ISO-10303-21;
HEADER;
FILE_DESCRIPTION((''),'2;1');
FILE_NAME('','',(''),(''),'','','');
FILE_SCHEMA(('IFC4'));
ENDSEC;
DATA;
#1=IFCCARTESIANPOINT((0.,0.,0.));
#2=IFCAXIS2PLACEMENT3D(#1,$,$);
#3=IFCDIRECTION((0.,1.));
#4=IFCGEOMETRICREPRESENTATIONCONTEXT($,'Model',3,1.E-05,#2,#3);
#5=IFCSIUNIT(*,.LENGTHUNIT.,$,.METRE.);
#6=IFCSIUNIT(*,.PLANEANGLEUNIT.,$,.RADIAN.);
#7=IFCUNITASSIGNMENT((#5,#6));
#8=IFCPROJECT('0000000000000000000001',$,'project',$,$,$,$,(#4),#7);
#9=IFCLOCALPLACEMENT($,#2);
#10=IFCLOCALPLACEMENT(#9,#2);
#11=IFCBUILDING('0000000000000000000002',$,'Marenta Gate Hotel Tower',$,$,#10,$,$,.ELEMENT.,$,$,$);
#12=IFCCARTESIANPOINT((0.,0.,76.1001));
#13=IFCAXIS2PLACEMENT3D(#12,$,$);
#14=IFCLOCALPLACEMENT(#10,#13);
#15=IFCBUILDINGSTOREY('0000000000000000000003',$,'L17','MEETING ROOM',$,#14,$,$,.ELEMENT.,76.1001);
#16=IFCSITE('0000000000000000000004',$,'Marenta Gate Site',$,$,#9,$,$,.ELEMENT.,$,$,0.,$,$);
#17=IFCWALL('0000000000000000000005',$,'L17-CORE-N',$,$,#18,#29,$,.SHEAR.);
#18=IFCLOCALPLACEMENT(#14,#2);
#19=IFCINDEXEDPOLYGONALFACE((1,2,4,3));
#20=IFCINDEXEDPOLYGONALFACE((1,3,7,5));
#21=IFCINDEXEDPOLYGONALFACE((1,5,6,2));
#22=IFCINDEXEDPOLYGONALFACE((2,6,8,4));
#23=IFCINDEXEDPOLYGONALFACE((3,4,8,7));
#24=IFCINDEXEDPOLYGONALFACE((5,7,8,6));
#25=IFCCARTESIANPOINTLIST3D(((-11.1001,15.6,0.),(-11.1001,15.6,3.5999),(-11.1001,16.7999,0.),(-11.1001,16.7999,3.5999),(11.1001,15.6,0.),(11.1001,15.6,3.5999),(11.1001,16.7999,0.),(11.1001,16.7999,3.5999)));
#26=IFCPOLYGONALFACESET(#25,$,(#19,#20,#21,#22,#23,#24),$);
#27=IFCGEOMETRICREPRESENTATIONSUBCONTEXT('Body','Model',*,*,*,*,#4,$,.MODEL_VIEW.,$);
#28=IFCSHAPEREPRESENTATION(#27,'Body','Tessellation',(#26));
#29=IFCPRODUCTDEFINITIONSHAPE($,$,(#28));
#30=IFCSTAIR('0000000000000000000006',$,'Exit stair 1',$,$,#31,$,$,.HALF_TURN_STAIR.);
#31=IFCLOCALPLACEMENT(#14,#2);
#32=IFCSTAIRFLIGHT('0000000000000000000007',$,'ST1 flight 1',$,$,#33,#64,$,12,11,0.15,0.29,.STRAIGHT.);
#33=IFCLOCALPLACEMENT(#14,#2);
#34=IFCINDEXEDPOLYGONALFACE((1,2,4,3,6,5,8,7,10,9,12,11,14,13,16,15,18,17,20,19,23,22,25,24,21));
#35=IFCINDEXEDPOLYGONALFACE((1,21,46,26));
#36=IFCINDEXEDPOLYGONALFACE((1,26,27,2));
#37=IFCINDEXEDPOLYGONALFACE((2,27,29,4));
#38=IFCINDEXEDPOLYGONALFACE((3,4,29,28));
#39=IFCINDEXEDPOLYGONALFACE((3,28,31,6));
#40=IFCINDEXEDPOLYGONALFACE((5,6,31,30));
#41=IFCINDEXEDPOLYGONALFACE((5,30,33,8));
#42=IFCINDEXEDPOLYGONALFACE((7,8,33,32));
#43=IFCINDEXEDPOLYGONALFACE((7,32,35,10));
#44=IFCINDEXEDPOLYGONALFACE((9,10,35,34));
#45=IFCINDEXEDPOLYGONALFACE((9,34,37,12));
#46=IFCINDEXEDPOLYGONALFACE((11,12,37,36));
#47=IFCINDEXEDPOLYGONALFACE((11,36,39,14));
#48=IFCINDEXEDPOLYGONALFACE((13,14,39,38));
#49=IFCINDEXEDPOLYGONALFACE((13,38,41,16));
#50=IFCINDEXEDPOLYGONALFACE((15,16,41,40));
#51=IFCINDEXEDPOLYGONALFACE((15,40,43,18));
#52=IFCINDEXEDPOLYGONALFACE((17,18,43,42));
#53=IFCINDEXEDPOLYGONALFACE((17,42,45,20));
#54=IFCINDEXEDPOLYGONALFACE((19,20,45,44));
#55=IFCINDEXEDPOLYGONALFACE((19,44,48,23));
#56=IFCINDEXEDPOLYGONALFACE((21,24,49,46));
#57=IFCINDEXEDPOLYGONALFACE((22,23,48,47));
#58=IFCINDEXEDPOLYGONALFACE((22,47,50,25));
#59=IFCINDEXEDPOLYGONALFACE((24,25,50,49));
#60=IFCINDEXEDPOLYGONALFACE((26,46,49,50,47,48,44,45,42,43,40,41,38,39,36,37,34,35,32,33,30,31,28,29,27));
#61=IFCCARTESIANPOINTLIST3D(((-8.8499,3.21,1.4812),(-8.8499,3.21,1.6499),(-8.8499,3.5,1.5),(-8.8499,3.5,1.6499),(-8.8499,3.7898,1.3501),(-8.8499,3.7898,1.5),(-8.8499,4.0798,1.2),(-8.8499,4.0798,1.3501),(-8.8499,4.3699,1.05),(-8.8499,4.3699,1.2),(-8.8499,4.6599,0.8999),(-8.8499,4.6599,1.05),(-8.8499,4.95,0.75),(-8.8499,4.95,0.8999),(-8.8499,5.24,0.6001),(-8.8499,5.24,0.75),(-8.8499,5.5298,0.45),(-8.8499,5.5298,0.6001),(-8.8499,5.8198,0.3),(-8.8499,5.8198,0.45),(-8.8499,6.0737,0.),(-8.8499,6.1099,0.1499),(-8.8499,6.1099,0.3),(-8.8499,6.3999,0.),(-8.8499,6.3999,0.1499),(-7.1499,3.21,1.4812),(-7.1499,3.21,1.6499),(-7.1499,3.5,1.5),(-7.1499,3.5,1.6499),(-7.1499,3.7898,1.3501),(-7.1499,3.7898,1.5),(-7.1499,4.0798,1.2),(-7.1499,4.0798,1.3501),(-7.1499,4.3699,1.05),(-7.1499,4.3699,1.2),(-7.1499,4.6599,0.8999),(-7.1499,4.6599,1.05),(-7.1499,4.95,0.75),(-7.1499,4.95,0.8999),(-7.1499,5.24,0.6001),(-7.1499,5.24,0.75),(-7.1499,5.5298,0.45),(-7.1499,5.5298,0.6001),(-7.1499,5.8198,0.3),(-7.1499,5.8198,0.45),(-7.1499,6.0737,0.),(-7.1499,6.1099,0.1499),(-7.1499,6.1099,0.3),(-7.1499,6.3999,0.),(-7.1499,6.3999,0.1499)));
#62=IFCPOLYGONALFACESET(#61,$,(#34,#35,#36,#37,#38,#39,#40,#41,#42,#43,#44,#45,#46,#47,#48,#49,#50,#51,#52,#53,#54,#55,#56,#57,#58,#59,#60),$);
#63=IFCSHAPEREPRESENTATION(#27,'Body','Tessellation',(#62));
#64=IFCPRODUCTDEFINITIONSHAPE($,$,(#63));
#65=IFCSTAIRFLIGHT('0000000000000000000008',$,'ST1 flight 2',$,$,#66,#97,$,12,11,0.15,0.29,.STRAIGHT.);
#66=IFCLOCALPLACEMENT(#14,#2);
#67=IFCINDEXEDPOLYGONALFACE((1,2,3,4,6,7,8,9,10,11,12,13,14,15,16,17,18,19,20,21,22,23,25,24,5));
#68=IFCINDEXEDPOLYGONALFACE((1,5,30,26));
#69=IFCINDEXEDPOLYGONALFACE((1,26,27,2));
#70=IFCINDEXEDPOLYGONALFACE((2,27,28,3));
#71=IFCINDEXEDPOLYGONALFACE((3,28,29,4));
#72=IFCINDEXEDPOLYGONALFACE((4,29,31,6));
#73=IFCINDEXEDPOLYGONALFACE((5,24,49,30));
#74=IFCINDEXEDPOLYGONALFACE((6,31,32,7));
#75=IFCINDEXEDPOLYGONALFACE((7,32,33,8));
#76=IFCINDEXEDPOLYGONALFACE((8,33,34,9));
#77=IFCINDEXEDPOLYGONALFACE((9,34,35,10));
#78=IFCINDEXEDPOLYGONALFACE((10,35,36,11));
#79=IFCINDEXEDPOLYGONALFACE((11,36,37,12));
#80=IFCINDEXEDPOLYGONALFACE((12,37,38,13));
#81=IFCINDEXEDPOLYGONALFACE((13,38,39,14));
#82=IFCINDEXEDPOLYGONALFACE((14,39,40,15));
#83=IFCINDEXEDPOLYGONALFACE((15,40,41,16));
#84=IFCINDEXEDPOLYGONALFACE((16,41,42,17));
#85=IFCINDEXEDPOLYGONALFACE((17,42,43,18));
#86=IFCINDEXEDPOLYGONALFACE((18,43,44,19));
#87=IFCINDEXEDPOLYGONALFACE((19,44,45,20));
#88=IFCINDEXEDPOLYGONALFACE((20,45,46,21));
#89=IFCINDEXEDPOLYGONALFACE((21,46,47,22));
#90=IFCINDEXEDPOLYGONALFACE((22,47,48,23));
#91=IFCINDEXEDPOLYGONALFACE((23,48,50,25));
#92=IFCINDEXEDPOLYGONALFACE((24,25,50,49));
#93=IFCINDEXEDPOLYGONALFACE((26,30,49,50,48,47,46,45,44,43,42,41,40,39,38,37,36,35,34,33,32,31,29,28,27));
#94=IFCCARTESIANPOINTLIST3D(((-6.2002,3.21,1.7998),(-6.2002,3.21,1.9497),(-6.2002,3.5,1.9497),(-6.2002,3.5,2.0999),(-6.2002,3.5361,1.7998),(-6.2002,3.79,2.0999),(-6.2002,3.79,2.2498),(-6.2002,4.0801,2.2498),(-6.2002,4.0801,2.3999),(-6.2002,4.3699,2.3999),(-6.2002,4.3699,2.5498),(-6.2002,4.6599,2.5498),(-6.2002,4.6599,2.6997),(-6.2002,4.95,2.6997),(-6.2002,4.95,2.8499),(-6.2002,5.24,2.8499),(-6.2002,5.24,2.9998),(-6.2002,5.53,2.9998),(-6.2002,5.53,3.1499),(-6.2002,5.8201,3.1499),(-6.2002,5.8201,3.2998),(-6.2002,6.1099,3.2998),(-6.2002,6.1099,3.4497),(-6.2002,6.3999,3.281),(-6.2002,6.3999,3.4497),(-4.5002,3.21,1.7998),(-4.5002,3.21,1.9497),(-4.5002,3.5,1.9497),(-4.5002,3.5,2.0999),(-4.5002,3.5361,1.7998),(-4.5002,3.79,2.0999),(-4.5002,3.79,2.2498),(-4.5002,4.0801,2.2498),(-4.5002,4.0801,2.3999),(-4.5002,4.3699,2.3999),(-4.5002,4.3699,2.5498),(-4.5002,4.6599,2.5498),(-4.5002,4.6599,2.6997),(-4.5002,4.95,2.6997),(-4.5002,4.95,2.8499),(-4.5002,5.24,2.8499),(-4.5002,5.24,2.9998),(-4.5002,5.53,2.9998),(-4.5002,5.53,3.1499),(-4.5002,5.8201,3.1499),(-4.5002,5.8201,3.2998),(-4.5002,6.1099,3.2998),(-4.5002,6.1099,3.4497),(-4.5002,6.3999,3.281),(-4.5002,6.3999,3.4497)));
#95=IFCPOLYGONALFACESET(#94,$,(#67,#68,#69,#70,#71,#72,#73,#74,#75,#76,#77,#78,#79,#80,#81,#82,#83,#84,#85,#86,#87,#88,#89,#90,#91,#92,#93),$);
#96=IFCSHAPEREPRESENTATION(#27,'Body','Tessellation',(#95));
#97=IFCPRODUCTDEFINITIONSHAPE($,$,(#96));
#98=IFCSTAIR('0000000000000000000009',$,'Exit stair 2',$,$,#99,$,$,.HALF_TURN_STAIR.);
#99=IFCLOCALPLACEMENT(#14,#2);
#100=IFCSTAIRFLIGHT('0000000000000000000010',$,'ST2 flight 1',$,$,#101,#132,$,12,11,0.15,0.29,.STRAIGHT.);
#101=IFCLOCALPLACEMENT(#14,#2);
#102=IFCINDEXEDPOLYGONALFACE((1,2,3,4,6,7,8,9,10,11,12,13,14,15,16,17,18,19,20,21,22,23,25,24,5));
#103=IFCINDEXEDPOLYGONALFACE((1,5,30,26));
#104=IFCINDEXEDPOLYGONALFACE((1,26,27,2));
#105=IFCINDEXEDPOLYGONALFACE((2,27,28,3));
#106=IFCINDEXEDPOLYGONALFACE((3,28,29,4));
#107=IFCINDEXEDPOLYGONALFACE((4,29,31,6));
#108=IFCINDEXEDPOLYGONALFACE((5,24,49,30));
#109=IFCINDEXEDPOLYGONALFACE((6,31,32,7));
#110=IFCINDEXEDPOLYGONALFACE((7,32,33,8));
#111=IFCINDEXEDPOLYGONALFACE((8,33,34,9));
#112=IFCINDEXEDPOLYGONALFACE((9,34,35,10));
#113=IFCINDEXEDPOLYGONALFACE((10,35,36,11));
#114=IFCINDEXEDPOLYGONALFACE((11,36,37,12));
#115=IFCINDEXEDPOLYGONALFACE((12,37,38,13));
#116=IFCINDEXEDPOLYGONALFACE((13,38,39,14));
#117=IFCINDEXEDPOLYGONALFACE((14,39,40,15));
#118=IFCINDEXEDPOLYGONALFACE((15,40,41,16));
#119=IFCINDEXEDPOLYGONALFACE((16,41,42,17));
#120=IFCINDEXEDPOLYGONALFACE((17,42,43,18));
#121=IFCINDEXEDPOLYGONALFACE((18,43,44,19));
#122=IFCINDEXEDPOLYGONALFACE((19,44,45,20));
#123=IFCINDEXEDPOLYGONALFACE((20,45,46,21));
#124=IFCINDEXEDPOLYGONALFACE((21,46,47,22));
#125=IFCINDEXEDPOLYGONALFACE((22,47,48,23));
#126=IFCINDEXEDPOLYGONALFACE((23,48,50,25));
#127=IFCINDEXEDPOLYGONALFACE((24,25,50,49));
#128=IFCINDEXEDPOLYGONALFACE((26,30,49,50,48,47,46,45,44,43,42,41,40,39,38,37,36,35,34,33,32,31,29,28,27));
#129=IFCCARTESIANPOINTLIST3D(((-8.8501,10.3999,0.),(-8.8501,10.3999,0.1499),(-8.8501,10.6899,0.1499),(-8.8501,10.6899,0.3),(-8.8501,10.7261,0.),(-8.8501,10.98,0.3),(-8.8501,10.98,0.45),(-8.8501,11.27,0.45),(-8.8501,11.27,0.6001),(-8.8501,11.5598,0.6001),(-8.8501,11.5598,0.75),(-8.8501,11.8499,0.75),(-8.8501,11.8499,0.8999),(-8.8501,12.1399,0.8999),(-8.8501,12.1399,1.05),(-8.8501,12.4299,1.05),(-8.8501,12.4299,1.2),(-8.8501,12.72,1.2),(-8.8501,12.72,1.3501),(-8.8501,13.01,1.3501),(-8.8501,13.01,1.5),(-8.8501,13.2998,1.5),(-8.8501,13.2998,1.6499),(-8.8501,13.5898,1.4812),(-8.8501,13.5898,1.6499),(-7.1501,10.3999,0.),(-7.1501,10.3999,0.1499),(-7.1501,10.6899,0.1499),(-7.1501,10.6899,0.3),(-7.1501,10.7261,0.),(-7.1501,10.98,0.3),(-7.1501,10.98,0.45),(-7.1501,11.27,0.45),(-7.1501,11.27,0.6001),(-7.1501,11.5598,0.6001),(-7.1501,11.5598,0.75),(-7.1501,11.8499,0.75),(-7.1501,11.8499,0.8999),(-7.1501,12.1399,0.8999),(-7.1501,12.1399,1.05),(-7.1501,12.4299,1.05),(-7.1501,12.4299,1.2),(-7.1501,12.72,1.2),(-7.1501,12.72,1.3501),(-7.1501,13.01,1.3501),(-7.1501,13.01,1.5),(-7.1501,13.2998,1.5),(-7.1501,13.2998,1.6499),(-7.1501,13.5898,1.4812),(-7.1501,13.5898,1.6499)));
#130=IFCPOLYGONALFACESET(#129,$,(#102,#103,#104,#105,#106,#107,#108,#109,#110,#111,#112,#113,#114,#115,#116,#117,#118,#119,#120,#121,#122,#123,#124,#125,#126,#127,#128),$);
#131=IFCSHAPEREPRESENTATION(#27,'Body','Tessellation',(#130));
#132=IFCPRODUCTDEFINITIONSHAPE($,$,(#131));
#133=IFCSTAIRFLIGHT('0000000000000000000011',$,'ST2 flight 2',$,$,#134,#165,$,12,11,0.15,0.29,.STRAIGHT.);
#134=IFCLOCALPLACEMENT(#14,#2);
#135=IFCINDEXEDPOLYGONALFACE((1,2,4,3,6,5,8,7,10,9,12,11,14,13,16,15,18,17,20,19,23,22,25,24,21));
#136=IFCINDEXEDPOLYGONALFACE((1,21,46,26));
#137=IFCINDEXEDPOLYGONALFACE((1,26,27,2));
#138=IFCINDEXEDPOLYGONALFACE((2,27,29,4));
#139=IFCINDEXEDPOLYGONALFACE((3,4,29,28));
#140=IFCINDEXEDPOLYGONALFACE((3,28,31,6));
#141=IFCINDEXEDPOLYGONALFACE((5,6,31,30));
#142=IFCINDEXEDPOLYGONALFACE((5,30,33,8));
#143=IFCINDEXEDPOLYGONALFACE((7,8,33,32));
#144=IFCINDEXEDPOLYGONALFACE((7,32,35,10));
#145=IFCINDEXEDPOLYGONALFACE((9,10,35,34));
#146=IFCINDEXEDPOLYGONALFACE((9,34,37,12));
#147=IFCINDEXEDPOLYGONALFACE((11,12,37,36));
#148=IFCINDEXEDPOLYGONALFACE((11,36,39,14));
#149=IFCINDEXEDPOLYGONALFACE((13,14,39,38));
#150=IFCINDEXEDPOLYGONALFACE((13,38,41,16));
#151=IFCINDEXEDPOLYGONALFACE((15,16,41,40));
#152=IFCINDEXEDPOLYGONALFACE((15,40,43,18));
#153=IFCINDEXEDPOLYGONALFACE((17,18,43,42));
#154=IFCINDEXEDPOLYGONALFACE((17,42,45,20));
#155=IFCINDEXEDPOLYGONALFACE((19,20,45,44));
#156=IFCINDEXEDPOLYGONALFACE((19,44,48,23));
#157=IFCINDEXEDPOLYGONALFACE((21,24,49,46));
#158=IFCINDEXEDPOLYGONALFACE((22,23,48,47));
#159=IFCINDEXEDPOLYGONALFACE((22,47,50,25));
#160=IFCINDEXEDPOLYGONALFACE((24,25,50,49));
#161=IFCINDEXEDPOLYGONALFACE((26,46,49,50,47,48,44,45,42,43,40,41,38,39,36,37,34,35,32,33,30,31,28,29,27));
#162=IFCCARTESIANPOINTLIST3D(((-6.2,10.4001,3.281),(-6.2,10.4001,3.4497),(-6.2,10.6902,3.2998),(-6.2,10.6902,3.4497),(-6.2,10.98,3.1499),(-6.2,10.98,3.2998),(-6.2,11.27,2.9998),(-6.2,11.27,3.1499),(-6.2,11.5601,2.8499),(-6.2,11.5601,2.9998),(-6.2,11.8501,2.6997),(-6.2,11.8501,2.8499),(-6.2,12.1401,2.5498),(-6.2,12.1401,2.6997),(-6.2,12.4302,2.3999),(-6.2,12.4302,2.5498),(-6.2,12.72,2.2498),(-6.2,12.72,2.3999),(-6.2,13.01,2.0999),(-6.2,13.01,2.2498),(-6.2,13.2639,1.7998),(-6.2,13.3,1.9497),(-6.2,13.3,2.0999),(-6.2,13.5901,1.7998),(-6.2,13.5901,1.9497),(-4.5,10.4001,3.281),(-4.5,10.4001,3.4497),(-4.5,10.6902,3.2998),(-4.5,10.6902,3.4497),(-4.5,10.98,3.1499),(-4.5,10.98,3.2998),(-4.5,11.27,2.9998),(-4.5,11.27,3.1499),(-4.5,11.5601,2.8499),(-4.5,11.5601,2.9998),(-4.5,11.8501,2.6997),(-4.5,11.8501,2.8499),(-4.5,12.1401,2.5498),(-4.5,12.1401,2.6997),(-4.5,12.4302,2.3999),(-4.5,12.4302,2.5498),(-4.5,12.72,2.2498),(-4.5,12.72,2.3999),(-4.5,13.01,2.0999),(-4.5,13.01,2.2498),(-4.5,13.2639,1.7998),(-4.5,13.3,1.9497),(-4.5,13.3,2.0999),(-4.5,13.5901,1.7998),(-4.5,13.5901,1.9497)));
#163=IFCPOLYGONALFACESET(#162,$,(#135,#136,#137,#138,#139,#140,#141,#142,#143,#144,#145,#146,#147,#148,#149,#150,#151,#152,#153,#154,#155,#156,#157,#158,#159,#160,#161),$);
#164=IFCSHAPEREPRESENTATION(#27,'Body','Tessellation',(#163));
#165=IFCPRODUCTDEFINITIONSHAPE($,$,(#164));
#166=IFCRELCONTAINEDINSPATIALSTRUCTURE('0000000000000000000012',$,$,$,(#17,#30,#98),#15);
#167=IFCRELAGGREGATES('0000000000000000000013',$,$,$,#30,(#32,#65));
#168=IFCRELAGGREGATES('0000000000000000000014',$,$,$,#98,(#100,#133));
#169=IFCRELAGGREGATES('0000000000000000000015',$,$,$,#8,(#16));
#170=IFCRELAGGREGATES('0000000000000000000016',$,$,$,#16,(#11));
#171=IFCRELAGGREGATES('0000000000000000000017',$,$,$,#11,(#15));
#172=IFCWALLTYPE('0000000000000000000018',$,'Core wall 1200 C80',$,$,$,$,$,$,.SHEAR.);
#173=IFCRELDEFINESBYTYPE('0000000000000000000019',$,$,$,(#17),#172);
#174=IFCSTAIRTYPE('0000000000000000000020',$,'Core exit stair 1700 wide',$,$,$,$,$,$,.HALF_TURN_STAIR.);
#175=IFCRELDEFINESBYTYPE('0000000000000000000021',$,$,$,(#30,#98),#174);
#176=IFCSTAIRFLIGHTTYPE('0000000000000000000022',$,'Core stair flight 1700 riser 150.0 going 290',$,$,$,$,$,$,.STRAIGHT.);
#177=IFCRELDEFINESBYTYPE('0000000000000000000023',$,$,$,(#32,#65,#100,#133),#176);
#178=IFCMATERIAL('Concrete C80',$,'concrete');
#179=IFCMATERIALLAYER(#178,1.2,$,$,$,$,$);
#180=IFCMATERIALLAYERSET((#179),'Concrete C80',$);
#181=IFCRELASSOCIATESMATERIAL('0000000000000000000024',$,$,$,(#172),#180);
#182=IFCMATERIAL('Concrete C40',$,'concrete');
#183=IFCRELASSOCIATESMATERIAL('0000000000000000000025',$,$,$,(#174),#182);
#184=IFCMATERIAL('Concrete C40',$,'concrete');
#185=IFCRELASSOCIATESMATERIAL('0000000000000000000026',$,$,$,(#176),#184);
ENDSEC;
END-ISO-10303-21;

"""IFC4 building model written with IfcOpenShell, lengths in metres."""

from ifc_helpers import new_model, si_unit, direction, frame, frame_2d, origin, place, context, subcontext, project, spatial, polyline, rectangle, outline, extrude, material, layer, layer_set, type_object, element, aggregate, save


model = new_model("IFC4")

# Units and contexts
model_context = context("Model", 3, precision=1e-05, world=origin(), true_north=direction((0.0, 1.0)))
body_context = subcontext(model_context, "Body", "Model", "MODEL_VIEW")
ifc_project = project(units=[si_unit("LENGTHUNIT", "METRE"), si_unit("PLANEANGLEUNIT", "RADIAN")], contexts=[model_context])

# Site, building, storey
site_placement = place(None, origin())
site = spatial("IfcSite", under=ifc_project, at=site_placement, Name="Marenta Gate Site", CompositionType="ELEMENT", RefElevation=0.0)
building_placement = place(site_placement, origin())
building = spatial("IfcBuilding", under=site, at=building_placement, Name="Marenta Gate Hotel Tower", CompositionType="ELEMENT")
storey_placement = place(building_placement, frame((0.0, 0.0, 76.1001)))
storey = spatial("IfcBuildingStorey", under=building, at=storey_placement, Name="L17", Description="MEETING ROOM", CompositionType="ELEMENT", Elevation=76.1001)

# Wall
ifc_material_1 = material(Name="Concrete C80", Category="concrete")
ifc_layer_1 = layer(ifc_material_1, 1.2)
ifc_layer_set_1 = layer_set([ifc_layer_1], Name="Concrete C80")
wall_type_1 = type_object("IfcWallType", Name="Core wall 1200 C80", PredefinedType="SHEAR", material=ifc_layer_set_1)
wall_1_placement = place(storey_placement, frame((-11.1001, 16.2, 0.0), z_axis=(0.0, 0.0, 1.0), x_axis=(1.0, 0.0, 0.0)))
element("IfcWall", 1, at=wall_1_placement, inside=storey, type_object=wall_type_1, Name="L17-CORE-N", PredefinedType="SHEAR", context=body_context, shape_type="SweptSolid", body=[
    extrude(rectangle(XDim=22.2002, YDim=1.2, at=frame_2d((11.1001, 0.0))), origin(), (0.0, 0.0, 1.0), 3.5999),
])

# Stairs, stair flights
ifc_material_2 = material(Name="Concrete C40", Category="concrete")
stair_type = type_object("IfcStairType", Name="Core exit stair 1700 wide", PredefinedType="HALF_TURN_STAIR", material=ifc_material_2)
stair_1_placement = place(storey_placement, origin())
stair_1 = element("IfcStair", 2, at=stair_1_placement, inside=storey, type_object=stair_type, Name="Exit stair 1", PredefinedType="HALF_TURN_STAIR")
ifc_material_3 = material(Name="Concrete C40", Category="concrete")
stair_flight_type = type_object("IfcStairFlightType", Name="Core stair flight 1700 riser 150.0 going 290", PredefinedType="STRAIGHT", material=ifc_material_3)
stair_flight_1_placement = place(storey_placement, frame((-8.0, 6.3999, 0.0), z_axis=(0.0, 0.0, 1.0), x_axis=(0.0, -1.0, 0.0)))
stair_flight_1 = element("IfcStairFlight", 3, at=stair_flight_1_placement, type_object=stair_flight_type, Name="ST1 flight 1", NumberOfRisers=12, NumberOfTreads=11, PredefinedType="STRAIGHT", RiserHeight=0.15, TreadLength=0.29, context=body_context, shape_type="SweptSolid", body=[
    extrude(outline(polyline([(0.0, 0.0), (0.0, 0.1499), (0.29, 0.1499), (0.29, 0.3), (0.5801, 0.3), (0.5801, 0.45), (0.8701, 0.45), (0.8701, 0.6001), (1.1599, 0.6001), (1.1599, 0.75), (1.45, 0.75), (1.45, 0.8999), (1.74, 0.8999), (1.74, 1.05), (2.03, 1.05), (2.03, 1.2), (2.3201, 1.2), (2.3201, 1.3501), (2.6101, 1.3501), (2.6101, 1.5), (2.8999, 1.5), (2.8999, 1.6499), (3.1899, 1.6499), (3.1899, 1.8), (3.1899, 1.4812), (0.3262, 0.0), (0.0, 0.0)])), frame((0.0, 0.8501, 0.0), z_axis=(0.0, -1.0, 0.0), x_axis=(1.0, 0.0, 0.0)), (0.0, 0.0, 1.0), 1.7),
])
stair_flight_2_placement = place(storey_placement, frame((-5.3501, 3.21, 1.7998), z_axis=(0.0, 0.0, 1.0), x_axis=(0.0, 1.0, 0.0)))
stair_flight_2 = element("IfcStairFlight", 4, at=stair_flight_2_placement, type_object=stair_flight_type, Name="ST1 flight 2", NumberOfRisers=12, NumberOfTreads=11, PredefinedType="STRAIGHT", RiserHeight=0.15, TreadLength=0.29, context=body_context, shape_type="SweptSolid", body=[
    extrude(outline(polyline([(0.0, 0.0), (0.0, 0.1499), (0.29, 0.1499), (0.29, 0.3), (0.5801, 0.3), (0.5801, 0.45), (0.8701, 0.45), (0.8701, 0.6001), (1.1599, 0.6001), (1.1599, 0.75), (1.45, 0.75), (1.45, 0.8999), (1.74, 0.8999), (1.74, 1.05), (2.03, 1.05), (2.03, 1.2), (2.3201, 1.2), (2.3201, 1.3501), (2.6101, 1.3501), (2.6101, 1.5), (2.8999, 1.5), (2.8999, 1.6499), (3.1899, 1.6499), (3.1899, 1.8), (3.1899, 1.4812), (0.3262, 0.0), (0.0, 0.0)])), frame((0.0, 0.8501, 0.0), z_axis=(0.0, -1.0, 0.0), x_axis=(1.0, 0.0, 0.0)), (0.0, 0.0, 1.0), 1.7),
])
aggregate(stair_1, [stair_flight_1, stair_flight_2])
stair_2_placement = place(storey_placement, origin())
stair_2 = element("IfcStair", 5, at=stair_2_placement, inside=storey, type_object=stair_type, Name="Exit stair 2", PredefinedType="HALF_TURN_STAIR")
stair_flight_3_placement = place(storey_placement, frame((-8.0, 10.3999, 0.0), z_axis=(0.0, 0.0, 1.0), x_axis=(0.0, 1.0, 0.0)))
stair_flight_3 = element("IfcStairFlight", 6, at=stair_flight_3_placement, type_object=stair_flight_type, Name="ST2 flight 1", NumberOfRisers=12, NumberOfTreads=11, PredefinedType="STRAIGHT", RiserHeight=0.15, TreadLength=0.29, context=body_context, shape_type="SweptSolid", body=[
    extrude(outline(polyline([(0.0, 0.0), (0.0, 0.1499), (0.29, 0.1499), (0.29, 0.3), (0.5801, 0.3), (0.5801, 0.45), (0.8701, 0.45), (0.8701, 0.6001), (1.1599, 0.6001), (1.1599, 0.75), (1.45, 0.75), (1.45, 0.8999), (1.74, 0.8999), (1.74, 1.05), (2.03, 1.05), (2.03, 1.2), (2.3201, 1.2), (2.3201, 1.3501), (2.6101, 1.3501), (2.6101, 1.5), (2.8999, 1.5), (2.8999, 1.6499), (3.1899, 1.6499), (3.1899, 1.8), (3.1899, 1.4812), (0.3262, 0.0), (0.0, 0.0)])), frame((0.0, 0.8501, 0.0), z_axis=(0.0, -1.0, 0.0), x_axis=(1.0, 0.0, 0.0)), (0.0, 0.0, 1.0), 1.7),
])
stair_flight_4_placement = place(storey_placement, frame((-5.3501, 13.5901, 1.7998), z_axis=(0.0, 0.0, 1.0), x_axis=(0.0, -1.0, 0.0)))
stair_flight_4 = element("IfcStairFlight", 7, at=stair_flight_4_placement, type_object=stair_flight_type, Name="ST2 flight 2", NumberOfRisers=12, NumberOfTreads=11, PredefinedType="STRAIGHT", RiserHeight=0.15, TreadLength=0.29, context=body_context, shape_type="SweptSolid", body=[
    extrude(outline(polyline([(0.0, 0.0), (0.0, 0.1499), (0.29, 0.1499), (0.29, 0.3), (0.5801, 0.3), (0.5801, 0.45), (0.8701, 0.45), (0.8701, 0.6001), (1.1599, 0.6001), (1.1599, 0.75), (1.45, 0.75), (1.45, 0.8999), (1.74, 0.8999), (1.74, 1.05), (2.03, 1.05), (2.03, 1.2), (2.3201, 1.2), (2.3201, 1.3501), (2.6101, 1.3501), (2.6101, 1.5), (2.8999, 1.5), (2.8999, 1.6499), (3.1899, 1.6499), (3.1899, 1.8), (3.1899, 1.4812), (0.3262, 0.0), (0.0, 0.0)])), frame((0.0, 0.8501, 0.0), z_axis=(0.0, -1.0, 0.0), x_axis=(1.0, 0.0, 0.0)), (0.0, 0.0, 1.0), 1.7),
])
aggregate(stair_2, [stair_flight_3, stair_flight_4])

save(model, "model.ifc")
